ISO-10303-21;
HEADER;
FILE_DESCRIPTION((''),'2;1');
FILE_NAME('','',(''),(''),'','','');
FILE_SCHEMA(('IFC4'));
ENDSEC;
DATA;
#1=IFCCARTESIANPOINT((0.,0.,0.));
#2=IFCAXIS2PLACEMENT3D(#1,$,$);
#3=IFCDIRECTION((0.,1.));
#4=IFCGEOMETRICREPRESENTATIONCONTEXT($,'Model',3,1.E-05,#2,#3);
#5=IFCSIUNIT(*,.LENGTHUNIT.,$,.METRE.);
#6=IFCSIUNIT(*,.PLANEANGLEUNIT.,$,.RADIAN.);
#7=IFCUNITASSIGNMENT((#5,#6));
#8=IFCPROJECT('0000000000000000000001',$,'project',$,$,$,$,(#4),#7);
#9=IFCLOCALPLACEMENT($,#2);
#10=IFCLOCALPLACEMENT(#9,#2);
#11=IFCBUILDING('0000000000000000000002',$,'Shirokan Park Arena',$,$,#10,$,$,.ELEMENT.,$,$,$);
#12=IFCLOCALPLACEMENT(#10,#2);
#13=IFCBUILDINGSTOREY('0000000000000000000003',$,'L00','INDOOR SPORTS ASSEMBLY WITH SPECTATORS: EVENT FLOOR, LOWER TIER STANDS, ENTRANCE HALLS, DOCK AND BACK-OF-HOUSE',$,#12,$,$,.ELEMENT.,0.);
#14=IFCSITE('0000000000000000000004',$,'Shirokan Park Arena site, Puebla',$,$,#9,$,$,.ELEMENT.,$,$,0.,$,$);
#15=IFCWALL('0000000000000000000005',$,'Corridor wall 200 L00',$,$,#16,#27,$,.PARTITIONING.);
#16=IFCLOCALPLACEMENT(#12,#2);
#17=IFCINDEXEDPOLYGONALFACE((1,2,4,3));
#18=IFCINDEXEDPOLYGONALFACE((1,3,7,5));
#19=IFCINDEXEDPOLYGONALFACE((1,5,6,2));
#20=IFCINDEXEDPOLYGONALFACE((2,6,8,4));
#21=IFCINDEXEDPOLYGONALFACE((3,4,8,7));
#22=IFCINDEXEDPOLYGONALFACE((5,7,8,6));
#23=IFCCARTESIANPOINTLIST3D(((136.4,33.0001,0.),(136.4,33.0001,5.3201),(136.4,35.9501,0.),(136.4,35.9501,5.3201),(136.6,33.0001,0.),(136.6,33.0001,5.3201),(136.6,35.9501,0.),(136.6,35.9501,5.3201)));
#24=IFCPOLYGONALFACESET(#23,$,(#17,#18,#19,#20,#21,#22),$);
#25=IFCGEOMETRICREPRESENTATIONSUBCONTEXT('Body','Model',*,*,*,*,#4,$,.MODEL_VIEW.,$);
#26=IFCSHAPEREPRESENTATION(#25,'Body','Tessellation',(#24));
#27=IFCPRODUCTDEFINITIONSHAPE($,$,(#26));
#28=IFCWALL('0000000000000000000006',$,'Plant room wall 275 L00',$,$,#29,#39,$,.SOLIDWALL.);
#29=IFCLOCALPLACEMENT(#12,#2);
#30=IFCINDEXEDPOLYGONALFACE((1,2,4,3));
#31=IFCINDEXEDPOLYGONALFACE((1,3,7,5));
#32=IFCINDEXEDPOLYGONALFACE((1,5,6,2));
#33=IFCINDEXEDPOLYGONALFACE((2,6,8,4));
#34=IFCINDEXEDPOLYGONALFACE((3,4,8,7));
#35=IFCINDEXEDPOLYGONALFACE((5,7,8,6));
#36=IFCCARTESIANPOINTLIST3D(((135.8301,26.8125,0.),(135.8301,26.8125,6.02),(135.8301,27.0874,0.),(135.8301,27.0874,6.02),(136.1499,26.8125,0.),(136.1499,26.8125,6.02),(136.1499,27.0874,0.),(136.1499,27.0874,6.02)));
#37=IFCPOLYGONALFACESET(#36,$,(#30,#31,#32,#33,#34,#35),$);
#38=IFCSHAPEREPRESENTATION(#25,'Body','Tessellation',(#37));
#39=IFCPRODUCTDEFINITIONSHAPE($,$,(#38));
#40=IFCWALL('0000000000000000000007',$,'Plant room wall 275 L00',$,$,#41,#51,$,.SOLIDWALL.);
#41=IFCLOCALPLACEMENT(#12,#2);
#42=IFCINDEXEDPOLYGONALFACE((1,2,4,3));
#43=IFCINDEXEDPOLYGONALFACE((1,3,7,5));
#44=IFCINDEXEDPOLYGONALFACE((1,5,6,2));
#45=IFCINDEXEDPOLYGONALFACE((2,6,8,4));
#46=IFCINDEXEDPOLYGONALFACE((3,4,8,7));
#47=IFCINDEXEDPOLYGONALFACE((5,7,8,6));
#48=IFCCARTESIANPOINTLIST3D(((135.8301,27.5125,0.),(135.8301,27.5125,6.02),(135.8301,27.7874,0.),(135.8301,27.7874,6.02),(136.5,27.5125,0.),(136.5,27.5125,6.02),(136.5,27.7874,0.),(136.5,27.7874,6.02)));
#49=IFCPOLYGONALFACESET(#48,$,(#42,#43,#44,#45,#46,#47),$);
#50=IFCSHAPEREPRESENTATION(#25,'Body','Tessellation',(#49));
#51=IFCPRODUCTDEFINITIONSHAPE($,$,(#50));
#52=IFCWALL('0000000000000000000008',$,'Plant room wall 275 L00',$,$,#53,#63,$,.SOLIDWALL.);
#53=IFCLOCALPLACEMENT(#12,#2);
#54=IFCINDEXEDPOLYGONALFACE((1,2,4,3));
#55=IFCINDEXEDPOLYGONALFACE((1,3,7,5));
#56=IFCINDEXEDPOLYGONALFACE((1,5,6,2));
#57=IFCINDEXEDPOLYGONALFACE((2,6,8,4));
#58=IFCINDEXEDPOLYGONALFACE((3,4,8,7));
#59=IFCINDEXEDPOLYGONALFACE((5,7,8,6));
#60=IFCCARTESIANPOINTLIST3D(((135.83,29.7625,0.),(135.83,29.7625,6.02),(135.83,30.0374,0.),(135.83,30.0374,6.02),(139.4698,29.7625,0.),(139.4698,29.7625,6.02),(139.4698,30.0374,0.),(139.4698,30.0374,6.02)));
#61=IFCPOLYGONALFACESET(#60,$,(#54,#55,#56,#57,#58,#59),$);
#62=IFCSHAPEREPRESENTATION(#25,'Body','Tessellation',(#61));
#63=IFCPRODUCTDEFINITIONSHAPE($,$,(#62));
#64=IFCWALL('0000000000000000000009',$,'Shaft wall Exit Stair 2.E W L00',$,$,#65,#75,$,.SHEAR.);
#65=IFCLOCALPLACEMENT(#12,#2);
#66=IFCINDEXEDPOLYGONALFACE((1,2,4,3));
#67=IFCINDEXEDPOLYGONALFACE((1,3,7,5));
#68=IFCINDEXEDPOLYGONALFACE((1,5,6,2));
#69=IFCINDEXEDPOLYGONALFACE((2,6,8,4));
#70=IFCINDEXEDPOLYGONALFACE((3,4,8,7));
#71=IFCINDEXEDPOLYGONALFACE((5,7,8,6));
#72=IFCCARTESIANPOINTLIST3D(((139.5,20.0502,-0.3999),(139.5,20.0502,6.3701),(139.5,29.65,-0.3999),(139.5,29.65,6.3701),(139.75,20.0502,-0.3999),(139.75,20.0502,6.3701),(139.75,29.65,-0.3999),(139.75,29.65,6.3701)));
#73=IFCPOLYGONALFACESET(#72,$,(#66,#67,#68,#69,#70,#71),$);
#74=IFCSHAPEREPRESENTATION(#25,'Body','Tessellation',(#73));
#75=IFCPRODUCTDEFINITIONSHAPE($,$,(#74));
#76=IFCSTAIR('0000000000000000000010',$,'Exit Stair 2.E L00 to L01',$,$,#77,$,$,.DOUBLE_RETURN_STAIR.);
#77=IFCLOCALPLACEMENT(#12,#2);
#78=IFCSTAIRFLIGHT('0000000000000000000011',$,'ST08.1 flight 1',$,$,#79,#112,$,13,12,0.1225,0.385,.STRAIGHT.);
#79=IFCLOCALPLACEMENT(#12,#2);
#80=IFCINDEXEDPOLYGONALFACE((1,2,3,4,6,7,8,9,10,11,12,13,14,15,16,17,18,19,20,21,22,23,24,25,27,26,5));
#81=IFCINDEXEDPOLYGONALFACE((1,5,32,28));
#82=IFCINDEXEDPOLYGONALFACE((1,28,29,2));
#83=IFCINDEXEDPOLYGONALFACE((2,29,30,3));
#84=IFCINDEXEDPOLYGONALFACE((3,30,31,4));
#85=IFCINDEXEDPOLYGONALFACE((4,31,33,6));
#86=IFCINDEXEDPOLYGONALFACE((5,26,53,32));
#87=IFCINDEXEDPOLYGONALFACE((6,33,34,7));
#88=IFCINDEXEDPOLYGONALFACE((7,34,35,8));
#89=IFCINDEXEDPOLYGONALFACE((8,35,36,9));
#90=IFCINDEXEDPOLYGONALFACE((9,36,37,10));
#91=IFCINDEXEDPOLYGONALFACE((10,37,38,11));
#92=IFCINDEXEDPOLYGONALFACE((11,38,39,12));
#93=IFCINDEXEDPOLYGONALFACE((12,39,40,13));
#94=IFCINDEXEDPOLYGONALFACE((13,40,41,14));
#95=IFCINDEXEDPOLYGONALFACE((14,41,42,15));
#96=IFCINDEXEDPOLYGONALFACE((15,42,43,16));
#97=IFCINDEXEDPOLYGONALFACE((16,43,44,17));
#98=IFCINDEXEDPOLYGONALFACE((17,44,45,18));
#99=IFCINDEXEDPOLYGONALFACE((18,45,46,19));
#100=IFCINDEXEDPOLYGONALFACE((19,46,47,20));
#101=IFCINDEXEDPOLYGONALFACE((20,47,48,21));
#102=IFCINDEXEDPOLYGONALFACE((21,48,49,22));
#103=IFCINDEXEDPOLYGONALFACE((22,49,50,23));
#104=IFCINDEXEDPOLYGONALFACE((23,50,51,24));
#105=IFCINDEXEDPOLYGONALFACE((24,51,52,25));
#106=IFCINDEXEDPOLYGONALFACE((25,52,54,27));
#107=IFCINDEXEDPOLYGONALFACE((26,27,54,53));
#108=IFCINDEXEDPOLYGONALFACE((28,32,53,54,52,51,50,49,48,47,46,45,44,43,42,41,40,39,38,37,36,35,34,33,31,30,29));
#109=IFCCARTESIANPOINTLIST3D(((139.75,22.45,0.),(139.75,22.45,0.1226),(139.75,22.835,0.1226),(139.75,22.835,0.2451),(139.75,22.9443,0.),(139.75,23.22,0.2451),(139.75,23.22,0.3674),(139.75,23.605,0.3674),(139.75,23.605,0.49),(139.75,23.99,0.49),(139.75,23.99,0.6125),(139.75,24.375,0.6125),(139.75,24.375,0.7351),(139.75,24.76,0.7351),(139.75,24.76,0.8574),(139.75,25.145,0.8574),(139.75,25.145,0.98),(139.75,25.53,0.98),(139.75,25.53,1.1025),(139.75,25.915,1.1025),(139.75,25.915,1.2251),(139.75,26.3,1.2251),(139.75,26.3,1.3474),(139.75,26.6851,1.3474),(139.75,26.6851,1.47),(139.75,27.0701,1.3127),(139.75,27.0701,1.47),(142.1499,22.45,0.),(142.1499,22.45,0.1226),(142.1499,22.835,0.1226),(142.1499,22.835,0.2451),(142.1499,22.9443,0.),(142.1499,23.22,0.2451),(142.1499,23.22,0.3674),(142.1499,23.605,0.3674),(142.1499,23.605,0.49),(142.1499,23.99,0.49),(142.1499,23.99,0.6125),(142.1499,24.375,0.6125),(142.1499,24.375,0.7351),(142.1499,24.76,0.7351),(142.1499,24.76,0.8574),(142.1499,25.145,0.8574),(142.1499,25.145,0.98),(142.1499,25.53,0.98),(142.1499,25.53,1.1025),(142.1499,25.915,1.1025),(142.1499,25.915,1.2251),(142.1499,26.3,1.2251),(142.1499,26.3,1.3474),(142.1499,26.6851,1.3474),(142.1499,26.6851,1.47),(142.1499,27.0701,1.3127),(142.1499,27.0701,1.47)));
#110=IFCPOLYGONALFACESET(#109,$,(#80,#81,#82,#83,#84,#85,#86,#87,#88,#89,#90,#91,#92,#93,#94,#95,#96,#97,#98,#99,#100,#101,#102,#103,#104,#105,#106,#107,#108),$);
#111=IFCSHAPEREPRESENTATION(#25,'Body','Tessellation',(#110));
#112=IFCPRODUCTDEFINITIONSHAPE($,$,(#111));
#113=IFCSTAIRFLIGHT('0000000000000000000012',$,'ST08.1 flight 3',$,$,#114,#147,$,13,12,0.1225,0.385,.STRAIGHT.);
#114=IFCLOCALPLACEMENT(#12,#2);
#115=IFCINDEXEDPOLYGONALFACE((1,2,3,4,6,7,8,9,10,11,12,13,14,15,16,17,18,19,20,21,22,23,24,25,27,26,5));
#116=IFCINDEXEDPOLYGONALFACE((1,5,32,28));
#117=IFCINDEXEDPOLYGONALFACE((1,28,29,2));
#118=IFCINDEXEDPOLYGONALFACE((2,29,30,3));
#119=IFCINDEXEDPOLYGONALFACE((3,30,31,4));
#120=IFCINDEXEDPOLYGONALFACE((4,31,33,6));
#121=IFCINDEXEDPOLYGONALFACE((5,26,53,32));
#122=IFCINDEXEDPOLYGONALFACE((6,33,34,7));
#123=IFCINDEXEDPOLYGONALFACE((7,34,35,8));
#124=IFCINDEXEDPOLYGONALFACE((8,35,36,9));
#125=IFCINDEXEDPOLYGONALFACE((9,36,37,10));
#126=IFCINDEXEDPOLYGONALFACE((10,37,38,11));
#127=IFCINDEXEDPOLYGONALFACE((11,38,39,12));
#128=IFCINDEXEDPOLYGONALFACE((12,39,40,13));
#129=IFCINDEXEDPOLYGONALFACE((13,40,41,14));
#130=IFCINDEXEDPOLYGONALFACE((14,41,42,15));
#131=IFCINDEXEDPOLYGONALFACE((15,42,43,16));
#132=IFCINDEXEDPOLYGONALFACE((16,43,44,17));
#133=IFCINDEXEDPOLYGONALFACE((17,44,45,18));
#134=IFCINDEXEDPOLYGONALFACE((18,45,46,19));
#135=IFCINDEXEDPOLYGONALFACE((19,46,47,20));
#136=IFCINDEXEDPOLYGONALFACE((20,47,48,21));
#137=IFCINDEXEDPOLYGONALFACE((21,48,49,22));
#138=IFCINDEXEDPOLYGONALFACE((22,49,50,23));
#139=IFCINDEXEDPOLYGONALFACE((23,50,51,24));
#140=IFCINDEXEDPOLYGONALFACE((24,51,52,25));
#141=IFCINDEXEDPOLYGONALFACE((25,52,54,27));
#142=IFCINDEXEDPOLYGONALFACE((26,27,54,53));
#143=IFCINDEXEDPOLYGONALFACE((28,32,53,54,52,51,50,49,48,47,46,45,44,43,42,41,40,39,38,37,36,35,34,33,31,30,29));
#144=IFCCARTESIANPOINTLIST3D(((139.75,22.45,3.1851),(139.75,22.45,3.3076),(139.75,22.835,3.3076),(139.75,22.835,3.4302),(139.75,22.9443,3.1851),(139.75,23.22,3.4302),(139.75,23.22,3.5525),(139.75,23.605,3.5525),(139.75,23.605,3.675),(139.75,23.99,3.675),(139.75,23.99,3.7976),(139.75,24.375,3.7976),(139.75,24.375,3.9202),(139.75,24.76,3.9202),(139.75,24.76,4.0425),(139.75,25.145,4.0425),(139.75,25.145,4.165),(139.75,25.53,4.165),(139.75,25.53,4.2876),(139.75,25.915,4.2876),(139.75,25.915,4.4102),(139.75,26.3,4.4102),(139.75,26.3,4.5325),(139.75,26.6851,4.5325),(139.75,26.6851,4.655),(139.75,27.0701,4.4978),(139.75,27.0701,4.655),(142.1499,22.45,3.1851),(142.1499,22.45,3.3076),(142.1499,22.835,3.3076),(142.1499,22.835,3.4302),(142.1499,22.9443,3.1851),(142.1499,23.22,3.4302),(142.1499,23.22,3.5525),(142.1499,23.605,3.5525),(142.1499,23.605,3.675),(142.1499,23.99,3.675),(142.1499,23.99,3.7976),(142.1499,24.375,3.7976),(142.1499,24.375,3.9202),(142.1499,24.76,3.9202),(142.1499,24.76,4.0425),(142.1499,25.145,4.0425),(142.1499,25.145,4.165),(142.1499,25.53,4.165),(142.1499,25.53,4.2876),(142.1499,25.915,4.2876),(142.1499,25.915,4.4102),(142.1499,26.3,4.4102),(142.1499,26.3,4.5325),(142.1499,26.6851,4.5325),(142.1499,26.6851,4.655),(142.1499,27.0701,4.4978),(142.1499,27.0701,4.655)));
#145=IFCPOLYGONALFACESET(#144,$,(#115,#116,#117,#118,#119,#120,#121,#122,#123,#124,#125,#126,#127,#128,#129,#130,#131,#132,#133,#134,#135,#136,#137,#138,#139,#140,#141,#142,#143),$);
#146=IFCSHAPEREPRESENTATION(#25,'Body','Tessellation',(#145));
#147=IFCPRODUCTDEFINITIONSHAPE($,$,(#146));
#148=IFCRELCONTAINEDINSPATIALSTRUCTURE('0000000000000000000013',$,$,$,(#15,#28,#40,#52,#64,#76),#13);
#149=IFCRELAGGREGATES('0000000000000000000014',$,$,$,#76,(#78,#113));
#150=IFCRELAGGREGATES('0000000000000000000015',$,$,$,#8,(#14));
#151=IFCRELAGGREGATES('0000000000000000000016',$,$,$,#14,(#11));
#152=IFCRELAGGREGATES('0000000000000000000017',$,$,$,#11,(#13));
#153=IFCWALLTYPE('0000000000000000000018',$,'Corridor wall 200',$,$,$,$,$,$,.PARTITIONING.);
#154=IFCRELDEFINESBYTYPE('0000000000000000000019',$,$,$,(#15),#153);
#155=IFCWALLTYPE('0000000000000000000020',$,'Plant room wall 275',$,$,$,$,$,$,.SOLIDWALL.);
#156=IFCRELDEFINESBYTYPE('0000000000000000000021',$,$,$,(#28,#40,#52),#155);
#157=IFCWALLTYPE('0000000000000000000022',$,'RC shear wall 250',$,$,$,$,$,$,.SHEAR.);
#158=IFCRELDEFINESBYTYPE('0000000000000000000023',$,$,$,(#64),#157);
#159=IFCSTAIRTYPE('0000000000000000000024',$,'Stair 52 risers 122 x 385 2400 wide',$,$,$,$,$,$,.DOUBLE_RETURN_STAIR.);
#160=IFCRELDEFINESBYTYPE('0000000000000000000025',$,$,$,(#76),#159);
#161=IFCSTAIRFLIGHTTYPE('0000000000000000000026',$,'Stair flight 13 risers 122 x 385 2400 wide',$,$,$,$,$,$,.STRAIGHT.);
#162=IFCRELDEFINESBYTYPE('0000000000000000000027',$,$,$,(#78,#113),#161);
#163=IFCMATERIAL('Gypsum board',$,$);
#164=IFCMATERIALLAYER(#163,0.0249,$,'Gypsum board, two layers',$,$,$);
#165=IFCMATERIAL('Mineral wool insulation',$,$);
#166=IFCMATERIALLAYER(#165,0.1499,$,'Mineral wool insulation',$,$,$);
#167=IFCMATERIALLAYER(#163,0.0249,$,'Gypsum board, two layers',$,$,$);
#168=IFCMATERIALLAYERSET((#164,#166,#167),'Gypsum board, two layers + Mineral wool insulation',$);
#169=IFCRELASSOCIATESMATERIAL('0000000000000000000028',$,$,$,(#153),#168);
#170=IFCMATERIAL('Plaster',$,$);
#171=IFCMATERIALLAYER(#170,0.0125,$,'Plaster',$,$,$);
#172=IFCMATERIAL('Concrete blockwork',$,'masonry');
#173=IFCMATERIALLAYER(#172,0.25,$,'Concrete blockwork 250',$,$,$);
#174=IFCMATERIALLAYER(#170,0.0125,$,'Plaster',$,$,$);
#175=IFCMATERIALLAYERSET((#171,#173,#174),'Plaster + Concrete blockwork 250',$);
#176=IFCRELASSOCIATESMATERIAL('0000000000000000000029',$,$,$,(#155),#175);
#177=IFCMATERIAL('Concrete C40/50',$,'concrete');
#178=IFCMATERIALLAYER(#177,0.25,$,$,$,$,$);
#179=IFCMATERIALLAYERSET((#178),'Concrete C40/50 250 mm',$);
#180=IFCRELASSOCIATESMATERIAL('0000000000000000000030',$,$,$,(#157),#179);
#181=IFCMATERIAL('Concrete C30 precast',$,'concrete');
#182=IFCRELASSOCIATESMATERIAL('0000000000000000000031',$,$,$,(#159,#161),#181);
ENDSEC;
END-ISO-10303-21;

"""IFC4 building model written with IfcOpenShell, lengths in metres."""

from ifc_helpers import new_model, si_unit, direction, frame, frame_2d, origin, place, context, subcontext, project, spatial, polyline, rectangle, outline, extrude, material, layer, layer_set, type_object, element, aggregate, save


model = new_model("IFC4")

# Units and contexts
model_context = context("Model", 3, precision=1e-05, world=origin(), true_north=direction((0.0, 1.0)))
body_context = subcontext(model_context, "Body", "Model", "MODEL_VIEW")
ifc_project = project(units=[si_unit("LENGTHUNIT", "METRE"), si_unit("PLANEANGLEUNIT", "RADIAN")], contexts=[model_context])

# Site, building, storey
site_placement = place(None, origin())
site = spatial("IfcSite", under=ifc_project, at=site_placement, Name="Shirokan Park Arena site, Puebla", CompositionType="ELEMENT", RefElevation=0.0)
building_placement = place(site_placement, origin())
building = spatial("IfcBuilding", under=site, at=building_placement, Name="Shirokan Park Arena", CompositionType="ELEMENT")
storey_placement = place(building_placement, origin())
storey = spatial("IfcBuildingStorey", under=building, at=storey_placement, Name="L00", Description="INDOOR SPORTS ASSEMBLY WITH SPECTATORS: EVENT FLOOR, LOWER TIER STANDS, ENTRANCE HALLS, DOCK AND BACK-OF-HOUSE", CompositionType="ELEMENT", Elevation=0.0)

# Walls
ifc_material_1 = material(Name="Gypsum board")
ifc_layer_1 = layer(ifc_material_1, 0.0249, Name="Gypsum board, two layers")
ifc_material_2 = material(Name="Mineral wool insulation")
ifc_layer_2 = layer(ifc_material_2, 0.1499, Name="Mineral wool insulation")
ifc_layer_3 = layer(ifc_material_1, 0.0249, Name="Gypsum board, two layers")
ifc_layer_set_1 = layer_set([ifc_layer_1, ifc_layer_2, ifc_layer_3], Name="Gypsum board, two layers + Mineral wool insulation")
wall_type_1 = type_object("IfcWallType", Name="Corridor wall 200", PredefinedType="PARTITIONING", material=ifc_layer_set_1)
wall_1_placement = place(storey_placement, frame((136.5, 33.0, 0.0), z_axis=(0.0, 0.0, 1.0), x_axis=(0.0, 1.0, 0.0)))
element("IfcWall", 1, at=wall_1_placement, inside=storey, type_object=wall_type_1, Name="Corridor wall 200 L00", PredefinedType="PARTITIONING", context=body_context, shape_type="SweptSolid", body=[
    extrude(rectangle(XDim=2.95, YDim=0.2, at=frame_2d((1.4751, 0.0))), origin(), (0.0, 0.0, 1.0), 5.3201),
])
ifc_material_3 = material(Name="Plaster")
ifc_layer_4 = layer(ifc_material_3, 0.0125, Name="Plaster")
ifc_material_4 = material(Name="Concrete blockwork", Category="masonry")
ifc_layer_5 = layer(ifc_material_4, 0.25, Name="Concrete blockwork 250")
ifc_layer_6 = layer(ifc_material_3, 0.0125, Name="Plaster")
ifc_layer_set_2 = layer_set([ifc_layer_4, ifc_layer_5, ifc_layer_6], Name="Plaster + Concrete blockwork 250")
wall_type_2 = type_object("IfcWallType", Name="Plant room wall 275", PredefinedType="SOLIDWALL", material=ifc_layer_set_2)
wall_2_placement = place(storey_placement, frame((135.8301, 26.95, 0.0), z_axis=(0.0, 0.0, 1.0), x_axis=(1.0, 0.0, 0.0)))
element("IfcWall", 2, at=wall_2_placement, inside=storey, type_object=wall_type_2, Name="Plant room wall 275 L00", PredefinedType="SOLIDWALL", context=body_context, shape_type="SweptSolid", body=[
    extrude(rectangle(XDim=0.3198, YDim=0.2749, at=frame_2d((0.1599, 0.0))), origin(), (0.0, 0.0, 1.0), 6.02),
])
wall_3_placement = place(storey_placement, frame((135.8301, 27.6499, 0.0), z_axis=(0.0, 0.0, 1.0), x_axis=(1.0, 0.0, 0.0)))
element("IfcWall", 3, at=wall_3_placement, inside=storey, type_object=wall_type_2, Name="Plant room wall 275 L00", PredefinedType="SOLIDWALL", context=body_context, shape_type="SweptSolid", body=[
    extrude(rectangle(XDim=0.6699, YDim=0.2749, at=frame_2d((0.335, 0.0))), origin(), (0.0, 0.0, 1.0), 6.02),
])
wall_4_placement = place(storey_placement, frame((135.8301, 29.8999, 0.0), z_axis=(0.0, 0.0, 1.0), x_axis=(1.0, 0.0, 0.0)))
element("IfcWall", 4, at=wall_4_placement, inside=storey, type_object=wall_type_2, Name="Plant room wall 275 L00", PredefinedType="SOLIDWALL", context=body_context, shape_type="SweptSolid", body=[
    extrude(rectangle(XDim=3.6399, YDim=0.2749, at=frame_2d((1.8198, 0.0))), origin(), (0.0, 0.0, 1.0), 6.02),
])
ifc_material_5 = material(Name="Concrete C40/50", Category="concrete")
ifc_layer_7 = layer(ifc_material_5, 0.25)
ifc_layer_set_3 = layer_set([ifc_layer_7], Name="Concrete C40/50 250 mm")
wall_type_3 = type_object("IfcWallType", Name="RC shear wall 250", PredefinedType="SHEAR", material=ifc_layer_set_3)
wall_5_placement = place(storey_placement, frame((139.625, 29.6499, -0.3999), z_axis=(0.0, 0.0, 1.0), x_axis=(0.0, -1.0, 0.0)))
element("IfcWall", 5, at=wall_5_placement, inside=storey, type_object=wall_type_3, Name="Shaft wall Exit Stair 2.E W L00", PredefinedType="SHEAR", context=body_context, shape_type="SweptSolid", body=[
    extrude(rectangle(XDim=9.5999, YDim=0.25, at=frame_2d((4.7998, 0.0))), origin(), (0.0, 0.0, 1.0), 6.77),
])

# Stair, stair flights
ifc_material_6 = material(Name="Concrete C30 precast", Category="concrete")
stair_type = type_object("IfcStairType", Name="Stair 52 risers 122 x 385 2400 wide", PredefinedType="DOUBLE_RETURN_STAIR", material=ifc_material_6)
stair_placement = place(storey_placement, origin())
stair = element("IfcStair", 6, at=stair_placement, inside=storey, type_object=stair_type, Name="Exit Stair 2.E L00 to L01", PredefinedType="DOUBLE_RETURN_STAIR")
stair_flight_type = type_object("IfcStairFlightType", Name="Stair flight 13 risers 122 x 385 2400 wide", PredefinedType="STRAIGHT", material=ifc_material_6)
stair_flight_1_placement = place(storey_placement, frame((140.95, 22.45, 0.0), z_axis=(0.0, 0.0, 1.0), x_axis=(0.0, 1.0, 0.0)))
stair_flight_1 = element("IfcStairFlight", 7, at=stair_flight_1_placement, type_object=stair_flight_type, Name="ST08.1 flight 1", NumberOfRisers=13, NumberOfTreads=12, PredefinedType="STRAIGHT", RiserHeight=0.1225, TreadLength=0.385, context=body_context, shape_type="SweptSolid", body=[
    extrude(outline(polyline([(0.0, 0.0), (0.0, 0.1226), (0.385, 0.1226), (0.385, 0.2451), (0.77, 0.2451), (0.77, 0.3674), (1.155, 0.3674), (1.155, 0.49), (1.54, 0.49), (1.54, 0.6125), (1.925, 0.6125), (1.925, 0.7351), (2.3101, 0.7351), (2.3101, 0.8574), (2.6951, 0.8574), (2.6951, 0.98), (3.0801, 0.98), (3.0801, 1.1025), (3.4651, 1.1025), (3.4651, 1.2251), (3.8501, 1.2251), (3.8501, 1.3474), (4.2351, 1.3474), (4.2351, 1.47), (4.6201, 1.47), (4.6201, 1.5925), (4.6201, 1.3127), (0.4944, 0.0), (0.0, 0.0)])), frame((0.0, 1.2, 0.0), z_axis=(0.0, -1.0, 0.0), x_axis=(1.0, 0.0, 0.0)), (0.0, 0.0, 1.0), 2.3999),
])
stair_flight_2_placement = place(storey_placement, frame((140.95, 22.45, 3.1851), z_axis=(0.0, 0.0, 1.0), x_axis=(0.0, 1.0, 0.0)))
stair_flight_2 = element("IfcStairFlight", 8, at=stair_flight_2_placement, type_object=stair_flight_type, Name="ST08.1 flight 3", NumberOfRisers=13, NumberOfTreads=12, PredefinedType="STRAIGHT", RiserHeight=0.1225, TreadLength=0.385, context=body_context, shape_type="SweptSolid", body=[
    extrude(outline(polyline([(0.0, 0.0), (0.0, 0.1226), (0.385, 0.1226), (0.385, 0.2451), (0.77, 0.2451), (0.77, 0.3674), (1.155, 0.3674), (1.155, 0.49), (1.54, 0.49), (1.54, 0.6125), (1.925, 0.6125), (1.925, 0.7351), (2.3101, 0.7351), (2.3101, 0.8574), (2.6951, 0.8574), (2.6951, 0.98), (3.0801, 0.98), (3.0801, 1.1025), (3.4651, 1.1025), (3.4651, 1.2251), (3.8501, 1.2251), (3.8501, 1.3474), (4.2351, 1.3474), (4.2351, 1.47), (4.6201, 1.47), (4.6201, 1.5925), (4.6201, 1.3127), (0.4944, 0.0), (0.0, 0.0)])), frame((0.0, 1.2, 0.0), z_axis=(0.0, -1.0, 0.0), x_axis=(1.0, 0.0, 0.0)), (0.0, 0.0, 1.0), 2.3999),
])
aggregate(stair, [stair_flight_1, stair_flight_2])

save(model, "model.ifc")
